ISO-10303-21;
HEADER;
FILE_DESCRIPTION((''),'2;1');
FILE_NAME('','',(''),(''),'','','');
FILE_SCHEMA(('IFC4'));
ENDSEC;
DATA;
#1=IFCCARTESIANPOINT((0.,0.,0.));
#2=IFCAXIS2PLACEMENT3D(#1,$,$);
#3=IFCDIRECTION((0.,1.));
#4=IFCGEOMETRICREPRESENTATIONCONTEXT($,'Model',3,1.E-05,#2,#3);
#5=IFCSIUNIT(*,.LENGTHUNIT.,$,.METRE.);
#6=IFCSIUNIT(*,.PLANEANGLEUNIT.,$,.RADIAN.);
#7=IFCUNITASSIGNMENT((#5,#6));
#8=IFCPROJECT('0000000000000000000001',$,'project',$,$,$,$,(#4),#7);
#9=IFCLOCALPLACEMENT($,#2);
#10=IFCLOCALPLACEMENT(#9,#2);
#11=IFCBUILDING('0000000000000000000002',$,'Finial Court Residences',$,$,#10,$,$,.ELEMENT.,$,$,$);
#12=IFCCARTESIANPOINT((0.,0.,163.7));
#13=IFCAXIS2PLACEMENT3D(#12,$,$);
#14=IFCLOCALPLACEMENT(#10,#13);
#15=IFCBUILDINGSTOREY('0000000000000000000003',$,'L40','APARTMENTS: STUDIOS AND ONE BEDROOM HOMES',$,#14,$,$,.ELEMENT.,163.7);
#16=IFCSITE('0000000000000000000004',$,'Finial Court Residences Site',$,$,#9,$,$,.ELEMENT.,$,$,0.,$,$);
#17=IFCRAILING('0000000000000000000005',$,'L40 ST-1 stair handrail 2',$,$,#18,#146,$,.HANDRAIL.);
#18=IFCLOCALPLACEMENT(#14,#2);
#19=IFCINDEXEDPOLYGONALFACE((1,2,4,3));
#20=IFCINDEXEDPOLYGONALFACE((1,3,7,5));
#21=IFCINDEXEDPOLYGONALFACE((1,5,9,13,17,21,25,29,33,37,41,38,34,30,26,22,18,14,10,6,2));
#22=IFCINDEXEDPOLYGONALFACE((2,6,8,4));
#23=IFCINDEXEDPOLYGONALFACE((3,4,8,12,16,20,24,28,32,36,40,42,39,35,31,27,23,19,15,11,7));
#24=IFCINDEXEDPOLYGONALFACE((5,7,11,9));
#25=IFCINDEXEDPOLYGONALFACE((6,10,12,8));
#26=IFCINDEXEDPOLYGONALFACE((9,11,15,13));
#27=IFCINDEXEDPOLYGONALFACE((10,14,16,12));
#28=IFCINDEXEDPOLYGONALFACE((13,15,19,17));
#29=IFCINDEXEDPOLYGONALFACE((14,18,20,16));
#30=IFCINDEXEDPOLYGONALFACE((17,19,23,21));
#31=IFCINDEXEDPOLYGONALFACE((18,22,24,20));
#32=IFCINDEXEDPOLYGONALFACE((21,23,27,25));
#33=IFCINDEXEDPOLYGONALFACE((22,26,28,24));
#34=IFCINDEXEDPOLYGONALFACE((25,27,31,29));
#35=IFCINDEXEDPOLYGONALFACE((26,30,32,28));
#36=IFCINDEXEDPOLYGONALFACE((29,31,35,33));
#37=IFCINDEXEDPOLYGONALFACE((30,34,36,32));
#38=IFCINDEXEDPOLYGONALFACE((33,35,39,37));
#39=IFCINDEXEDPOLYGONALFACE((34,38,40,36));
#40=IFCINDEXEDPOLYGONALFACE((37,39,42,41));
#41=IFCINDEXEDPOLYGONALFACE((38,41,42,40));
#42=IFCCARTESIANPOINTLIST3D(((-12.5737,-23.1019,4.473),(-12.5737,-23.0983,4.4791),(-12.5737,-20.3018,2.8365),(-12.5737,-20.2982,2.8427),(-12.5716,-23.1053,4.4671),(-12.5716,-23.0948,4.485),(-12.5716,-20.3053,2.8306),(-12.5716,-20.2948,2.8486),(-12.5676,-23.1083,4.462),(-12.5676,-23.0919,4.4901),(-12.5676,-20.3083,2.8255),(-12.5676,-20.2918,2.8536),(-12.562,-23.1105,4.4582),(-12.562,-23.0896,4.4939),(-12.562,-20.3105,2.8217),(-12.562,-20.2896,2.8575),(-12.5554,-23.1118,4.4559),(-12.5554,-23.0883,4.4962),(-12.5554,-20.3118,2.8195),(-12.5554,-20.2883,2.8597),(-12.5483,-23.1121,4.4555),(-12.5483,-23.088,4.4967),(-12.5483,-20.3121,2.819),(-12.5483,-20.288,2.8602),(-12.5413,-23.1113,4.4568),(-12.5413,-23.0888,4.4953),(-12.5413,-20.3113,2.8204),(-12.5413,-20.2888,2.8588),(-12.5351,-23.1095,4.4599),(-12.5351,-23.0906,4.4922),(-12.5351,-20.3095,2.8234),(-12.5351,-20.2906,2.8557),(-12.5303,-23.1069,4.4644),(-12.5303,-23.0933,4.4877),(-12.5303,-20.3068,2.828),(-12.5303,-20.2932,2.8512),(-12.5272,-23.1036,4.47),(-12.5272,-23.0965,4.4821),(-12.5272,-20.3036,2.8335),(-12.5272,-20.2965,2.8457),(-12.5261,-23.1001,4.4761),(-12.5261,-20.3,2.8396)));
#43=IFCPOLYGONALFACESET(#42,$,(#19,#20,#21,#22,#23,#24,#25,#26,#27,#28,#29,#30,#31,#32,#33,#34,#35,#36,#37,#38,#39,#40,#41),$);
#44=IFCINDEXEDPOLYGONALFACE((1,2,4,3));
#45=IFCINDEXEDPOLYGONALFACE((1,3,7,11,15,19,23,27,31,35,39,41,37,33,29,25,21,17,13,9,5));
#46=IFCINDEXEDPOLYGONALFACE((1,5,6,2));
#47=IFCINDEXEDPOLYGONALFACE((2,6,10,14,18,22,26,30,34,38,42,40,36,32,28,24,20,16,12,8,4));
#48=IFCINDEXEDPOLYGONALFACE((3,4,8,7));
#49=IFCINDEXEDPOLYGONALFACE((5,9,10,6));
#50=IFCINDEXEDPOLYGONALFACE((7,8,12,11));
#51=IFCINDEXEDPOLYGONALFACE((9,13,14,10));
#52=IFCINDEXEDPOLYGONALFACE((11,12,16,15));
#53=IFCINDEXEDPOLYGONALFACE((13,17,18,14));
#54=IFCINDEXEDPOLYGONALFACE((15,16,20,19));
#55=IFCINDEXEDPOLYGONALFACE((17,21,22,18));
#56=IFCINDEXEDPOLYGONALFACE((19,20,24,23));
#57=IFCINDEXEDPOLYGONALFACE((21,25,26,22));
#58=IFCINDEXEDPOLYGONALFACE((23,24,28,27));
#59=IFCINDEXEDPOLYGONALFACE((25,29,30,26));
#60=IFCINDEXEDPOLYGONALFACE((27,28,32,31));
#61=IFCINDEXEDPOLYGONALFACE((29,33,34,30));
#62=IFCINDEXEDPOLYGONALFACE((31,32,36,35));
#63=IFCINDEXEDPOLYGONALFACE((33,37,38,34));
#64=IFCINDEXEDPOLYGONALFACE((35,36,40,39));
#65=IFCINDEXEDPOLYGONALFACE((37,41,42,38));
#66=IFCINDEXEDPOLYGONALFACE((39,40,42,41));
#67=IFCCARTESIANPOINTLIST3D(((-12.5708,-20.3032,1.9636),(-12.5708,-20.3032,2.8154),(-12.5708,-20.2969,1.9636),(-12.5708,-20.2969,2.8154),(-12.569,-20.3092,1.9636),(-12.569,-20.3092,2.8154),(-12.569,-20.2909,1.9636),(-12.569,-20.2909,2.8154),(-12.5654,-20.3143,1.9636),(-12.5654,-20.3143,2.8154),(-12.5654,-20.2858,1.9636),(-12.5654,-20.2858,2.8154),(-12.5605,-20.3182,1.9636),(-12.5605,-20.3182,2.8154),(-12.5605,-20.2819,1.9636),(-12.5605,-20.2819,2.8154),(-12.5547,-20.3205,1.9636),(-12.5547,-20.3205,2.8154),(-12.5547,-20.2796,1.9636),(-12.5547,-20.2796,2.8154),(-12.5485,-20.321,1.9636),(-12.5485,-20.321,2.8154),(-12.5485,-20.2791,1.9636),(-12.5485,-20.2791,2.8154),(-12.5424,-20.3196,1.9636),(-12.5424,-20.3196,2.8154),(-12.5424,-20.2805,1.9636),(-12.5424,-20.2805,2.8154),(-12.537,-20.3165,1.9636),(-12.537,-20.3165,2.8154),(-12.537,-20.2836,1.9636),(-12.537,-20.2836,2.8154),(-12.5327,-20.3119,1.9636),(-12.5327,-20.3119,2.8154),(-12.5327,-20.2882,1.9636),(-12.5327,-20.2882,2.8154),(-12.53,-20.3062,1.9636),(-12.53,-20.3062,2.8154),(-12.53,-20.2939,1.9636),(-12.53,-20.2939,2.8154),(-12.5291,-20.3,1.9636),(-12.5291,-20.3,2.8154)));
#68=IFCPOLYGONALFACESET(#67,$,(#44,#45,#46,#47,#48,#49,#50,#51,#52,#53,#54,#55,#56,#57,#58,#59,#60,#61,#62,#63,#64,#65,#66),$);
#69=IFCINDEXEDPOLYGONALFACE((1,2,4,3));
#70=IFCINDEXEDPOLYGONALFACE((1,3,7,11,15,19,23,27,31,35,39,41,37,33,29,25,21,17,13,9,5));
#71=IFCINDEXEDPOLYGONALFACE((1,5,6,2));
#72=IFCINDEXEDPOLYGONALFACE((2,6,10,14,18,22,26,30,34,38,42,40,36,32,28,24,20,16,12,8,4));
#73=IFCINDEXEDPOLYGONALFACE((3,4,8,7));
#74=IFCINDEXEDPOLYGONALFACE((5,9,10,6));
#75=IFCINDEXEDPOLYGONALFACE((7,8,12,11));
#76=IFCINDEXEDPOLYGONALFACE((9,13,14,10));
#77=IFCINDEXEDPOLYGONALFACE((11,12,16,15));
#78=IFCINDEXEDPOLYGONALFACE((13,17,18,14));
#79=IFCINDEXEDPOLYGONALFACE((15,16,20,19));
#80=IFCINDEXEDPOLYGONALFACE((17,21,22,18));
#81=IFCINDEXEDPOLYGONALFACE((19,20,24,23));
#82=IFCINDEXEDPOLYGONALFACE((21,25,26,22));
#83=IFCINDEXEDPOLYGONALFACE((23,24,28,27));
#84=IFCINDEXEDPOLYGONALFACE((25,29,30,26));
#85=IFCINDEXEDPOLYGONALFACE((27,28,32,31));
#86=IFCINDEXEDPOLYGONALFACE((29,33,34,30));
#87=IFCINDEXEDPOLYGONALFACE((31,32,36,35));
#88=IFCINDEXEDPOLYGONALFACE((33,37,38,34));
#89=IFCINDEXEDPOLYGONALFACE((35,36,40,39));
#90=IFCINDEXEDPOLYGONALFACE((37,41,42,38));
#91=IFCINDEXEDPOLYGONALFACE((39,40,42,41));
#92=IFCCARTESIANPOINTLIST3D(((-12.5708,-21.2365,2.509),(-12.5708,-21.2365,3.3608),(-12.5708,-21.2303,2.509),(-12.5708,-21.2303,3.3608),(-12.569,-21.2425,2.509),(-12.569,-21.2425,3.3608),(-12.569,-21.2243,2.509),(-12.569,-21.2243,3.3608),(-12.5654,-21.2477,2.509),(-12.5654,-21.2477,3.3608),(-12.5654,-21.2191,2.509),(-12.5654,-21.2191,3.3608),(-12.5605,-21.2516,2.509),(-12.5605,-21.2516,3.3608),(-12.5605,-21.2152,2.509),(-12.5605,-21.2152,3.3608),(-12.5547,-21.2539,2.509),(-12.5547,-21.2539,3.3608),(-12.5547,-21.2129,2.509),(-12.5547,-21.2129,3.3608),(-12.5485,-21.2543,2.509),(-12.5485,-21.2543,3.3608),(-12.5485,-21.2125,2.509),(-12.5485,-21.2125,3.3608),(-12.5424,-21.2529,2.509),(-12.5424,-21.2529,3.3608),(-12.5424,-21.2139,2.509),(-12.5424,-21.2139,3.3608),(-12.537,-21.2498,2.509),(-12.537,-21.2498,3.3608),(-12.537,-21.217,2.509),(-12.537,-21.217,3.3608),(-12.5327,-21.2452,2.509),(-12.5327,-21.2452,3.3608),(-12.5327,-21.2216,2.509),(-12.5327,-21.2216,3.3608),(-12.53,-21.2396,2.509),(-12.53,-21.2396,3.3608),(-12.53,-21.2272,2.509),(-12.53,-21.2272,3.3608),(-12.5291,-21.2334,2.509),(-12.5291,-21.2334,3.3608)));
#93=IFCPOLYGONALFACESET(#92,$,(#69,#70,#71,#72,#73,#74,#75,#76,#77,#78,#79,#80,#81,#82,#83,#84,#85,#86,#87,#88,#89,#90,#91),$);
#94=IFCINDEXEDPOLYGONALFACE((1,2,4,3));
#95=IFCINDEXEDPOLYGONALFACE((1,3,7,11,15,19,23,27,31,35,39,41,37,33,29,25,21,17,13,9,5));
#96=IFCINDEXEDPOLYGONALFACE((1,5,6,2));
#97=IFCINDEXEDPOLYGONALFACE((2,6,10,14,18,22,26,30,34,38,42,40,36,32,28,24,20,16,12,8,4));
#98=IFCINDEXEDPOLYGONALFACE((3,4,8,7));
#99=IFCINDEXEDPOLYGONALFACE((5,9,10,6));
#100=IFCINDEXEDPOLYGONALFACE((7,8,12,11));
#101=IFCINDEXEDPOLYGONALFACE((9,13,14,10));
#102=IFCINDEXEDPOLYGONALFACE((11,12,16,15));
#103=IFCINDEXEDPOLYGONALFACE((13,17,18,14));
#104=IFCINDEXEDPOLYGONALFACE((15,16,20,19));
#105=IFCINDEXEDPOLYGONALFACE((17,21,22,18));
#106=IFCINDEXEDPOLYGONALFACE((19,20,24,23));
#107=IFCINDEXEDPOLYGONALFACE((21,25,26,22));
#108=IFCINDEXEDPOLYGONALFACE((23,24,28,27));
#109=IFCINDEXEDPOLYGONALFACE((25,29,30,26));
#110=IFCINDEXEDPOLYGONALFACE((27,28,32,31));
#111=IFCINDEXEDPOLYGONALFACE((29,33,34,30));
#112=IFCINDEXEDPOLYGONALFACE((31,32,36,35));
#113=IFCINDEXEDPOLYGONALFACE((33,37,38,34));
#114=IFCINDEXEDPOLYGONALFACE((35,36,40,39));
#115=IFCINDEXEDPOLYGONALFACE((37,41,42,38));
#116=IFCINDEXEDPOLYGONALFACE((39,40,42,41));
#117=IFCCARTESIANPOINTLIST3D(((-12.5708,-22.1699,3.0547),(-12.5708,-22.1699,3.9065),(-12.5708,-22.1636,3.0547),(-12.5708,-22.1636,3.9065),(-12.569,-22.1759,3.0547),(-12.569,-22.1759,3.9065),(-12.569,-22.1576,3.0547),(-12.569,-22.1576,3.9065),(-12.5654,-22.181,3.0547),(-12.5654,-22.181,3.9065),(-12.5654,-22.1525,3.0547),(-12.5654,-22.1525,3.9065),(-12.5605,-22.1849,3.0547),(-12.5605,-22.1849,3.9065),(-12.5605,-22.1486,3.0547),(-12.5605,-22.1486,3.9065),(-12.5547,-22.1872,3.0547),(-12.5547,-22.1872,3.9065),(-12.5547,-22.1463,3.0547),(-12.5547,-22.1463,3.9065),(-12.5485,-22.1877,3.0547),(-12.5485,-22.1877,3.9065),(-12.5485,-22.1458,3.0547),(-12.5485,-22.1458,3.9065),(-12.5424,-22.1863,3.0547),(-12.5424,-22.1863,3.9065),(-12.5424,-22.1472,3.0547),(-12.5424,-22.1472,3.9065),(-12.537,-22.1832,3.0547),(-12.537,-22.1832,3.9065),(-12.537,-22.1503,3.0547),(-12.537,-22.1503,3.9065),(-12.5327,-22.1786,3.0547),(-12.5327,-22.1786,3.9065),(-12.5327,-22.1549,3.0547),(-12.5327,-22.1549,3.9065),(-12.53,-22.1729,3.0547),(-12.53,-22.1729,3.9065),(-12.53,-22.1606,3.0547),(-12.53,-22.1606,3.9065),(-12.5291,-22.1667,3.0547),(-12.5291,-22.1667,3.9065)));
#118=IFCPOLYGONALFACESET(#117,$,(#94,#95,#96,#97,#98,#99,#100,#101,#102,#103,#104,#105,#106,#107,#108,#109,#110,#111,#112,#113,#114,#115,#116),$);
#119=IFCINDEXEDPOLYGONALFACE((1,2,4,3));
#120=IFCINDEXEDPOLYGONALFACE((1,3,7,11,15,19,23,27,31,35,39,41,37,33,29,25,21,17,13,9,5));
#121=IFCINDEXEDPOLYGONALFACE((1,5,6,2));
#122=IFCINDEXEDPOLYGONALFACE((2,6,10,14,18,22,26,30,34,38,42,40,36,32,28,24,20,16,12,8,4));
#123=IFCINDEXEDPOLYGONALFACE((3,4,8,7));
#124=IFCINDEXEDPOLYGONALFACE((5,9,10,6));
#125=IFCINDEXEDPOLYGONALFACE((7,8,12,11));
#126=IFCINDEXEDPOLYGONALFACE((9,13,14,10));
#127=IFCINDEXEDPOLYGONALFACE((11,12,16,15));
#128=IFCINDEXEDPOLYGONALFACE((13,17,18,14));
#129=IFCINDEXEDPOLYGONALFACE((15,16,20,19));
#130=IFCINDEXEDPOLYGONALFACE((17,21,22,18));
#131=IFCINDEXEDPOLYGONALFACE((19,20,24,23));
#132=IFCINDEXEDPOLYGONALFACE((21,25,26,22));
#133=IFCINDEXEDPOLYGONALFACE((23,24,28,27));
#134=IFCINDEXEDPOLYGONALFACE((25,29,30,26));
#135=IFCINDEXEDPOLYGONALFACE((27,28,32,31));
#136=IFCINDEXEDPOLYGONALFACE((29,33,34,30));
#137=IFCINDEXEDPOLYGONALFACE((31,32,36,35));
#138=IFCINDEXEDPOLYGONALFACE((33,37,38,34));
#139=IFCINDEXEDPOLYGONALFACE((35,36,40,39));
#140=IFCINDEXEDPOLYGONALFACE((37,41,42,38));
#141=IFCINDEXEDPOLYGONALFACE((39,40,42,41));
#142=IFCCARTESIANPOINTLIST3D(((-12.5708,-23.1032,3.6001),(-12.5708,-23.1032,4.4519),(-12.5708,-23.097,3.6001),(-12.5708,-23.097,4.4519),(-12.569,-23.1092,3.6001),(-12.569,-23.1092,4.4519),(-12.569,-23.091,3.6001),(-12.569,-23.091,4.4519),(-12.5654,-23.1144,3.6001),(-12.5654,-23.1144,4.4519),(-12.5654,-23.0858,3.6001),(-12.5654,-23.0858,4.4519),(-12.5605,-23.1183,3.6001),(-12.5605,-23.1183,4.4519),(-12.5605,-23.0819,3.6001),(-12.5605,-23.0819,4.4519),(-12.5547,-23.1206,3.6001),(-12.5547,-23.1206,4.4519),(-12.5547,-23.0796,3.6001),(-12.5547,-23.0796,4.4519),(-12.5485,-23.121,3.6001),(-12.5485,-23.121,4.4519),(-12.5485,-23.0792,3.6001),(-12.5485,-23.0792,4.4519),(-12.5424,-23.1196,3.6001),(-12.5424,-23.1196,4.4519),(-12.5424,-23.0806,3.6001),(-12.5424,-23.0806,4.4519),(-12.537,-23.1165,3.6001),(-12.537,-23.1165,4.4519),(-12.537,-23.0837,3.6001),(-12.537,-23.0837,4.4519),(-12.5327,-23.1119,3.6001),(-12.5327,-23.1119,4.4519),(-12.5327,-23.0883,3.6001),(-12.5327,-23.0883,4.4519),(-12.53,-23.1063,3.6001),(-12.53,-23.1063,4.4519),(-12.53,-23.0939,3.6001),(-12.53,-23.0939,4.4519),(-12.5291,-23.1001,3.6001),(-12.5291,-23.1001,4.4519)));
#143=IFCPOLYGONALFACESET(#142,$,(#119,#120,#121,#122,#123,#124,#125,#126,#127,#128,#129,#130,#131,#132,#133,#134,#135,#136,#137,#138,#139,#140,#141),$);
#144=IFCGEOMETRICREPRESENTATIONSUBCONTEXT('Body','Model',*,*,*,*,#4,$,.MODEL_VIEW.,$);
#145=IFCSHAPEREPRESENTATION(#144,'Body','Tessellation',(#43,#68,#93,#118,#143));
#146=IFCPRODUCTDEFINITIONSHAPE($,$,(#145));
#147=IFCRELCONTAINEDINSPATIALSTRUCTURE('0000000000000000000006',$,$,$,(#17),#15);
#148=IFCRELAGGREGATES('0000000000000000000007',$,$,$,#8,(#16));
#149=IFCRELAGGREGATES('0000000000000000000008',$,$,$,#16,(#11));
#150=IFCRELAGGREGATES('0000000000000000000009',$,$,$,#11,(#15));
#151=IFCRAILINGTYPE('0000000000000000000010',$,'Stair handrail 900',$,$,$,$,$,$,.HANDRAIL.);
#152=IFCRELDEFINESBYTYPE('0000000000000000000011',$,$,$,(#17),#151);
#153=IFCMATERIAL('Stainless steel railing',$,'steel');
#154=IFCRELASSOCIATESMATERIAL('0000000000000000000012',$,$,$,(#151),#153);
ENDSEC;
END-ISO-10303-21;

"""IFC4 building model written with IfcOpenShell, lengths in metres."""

from ifc_helpers import new_model, si_unit, direction, frame, origin, origin_2d, place, context, subcontext, project, spatial, circle, extrude, material, type_object, element, save


model = new_model("IFC4")

# Units and contexts
model_context = context("Model", 3, precision=1e-05, world=origin(), true_north=direction((0.0, 1.0)))
body_context = subcontext(model_context, "Body", "Model", "MODEL_VIEW")
ifc_project = project(units=[si_unit("LENGTHUNIT", "METRE"), si_unit("PLANEANGLEUNIT", "RADIAN")], contexts=[model_context])

# Site, building, storey
site_placement = place(None, origin())
site = spatial("IfcSite", under=ifc_project, at=site_placement, Name="Finial Court Residences Site", CompositionType="ELEMENT", RefElevation=0.0)
building_placement = place(site_placement, origin())
building = spatial("IfcBuilding", under=site, at=building_placement, Name="Finial Court Residences", CompositionType="ELEMENT")
storey_placement = place(building_placement, frame((0.0, 0.0, 163.7)))
storey = spatial("IfcBuildingStorey", under=building, at=storey_placement, Name="L40", Description="APARTMENTS: STUDIOS AND ONE BEDROOM HOMES", CompositionType="ELEMENT", Elevation=163.7)

# Railing
ifc_material_1 = material(Name="Stainless steel railing", Category="steel")
railing_type_1 = type_object("IfcRailingType", Name="Stair handrail 900", PredefinedType="HANDRAIL", material=ifc_material_1)
railing_1_placement = place(storey_placement, frame((-12.55, -20.3, 1.9636)))
element("IfcRailing", 1, at=railing_1_placement, inside=storey, type_object=railing_type_1, Name="L40 ST-1 stair handrail 2", PredefinedType="HANDRAIL", context=body_context, shape_type="SweptSolid", body=[
    extrude(circle(Radius=0.0239, at=origin_2d()), frame((0.0, 0.0, 0.876), z_axis=(0.0, -0.863361, 0.504587), x_axis=(1.0, 0.0, 0.0)), (0.0, 0.0, 1.0), 3.2432),
    extrude(circle(Radius=0.021, at=origin_2d()), origin(), (0.0, 0.0, 1.0), 0.8518),
    extrude(circle(Radius=0.021, at=origin_2d()), frame((0.0, -0.9333, 0.5454)), (0.0, 0.0, 1.0), 0.8518),
    extrude(circle(Radius=0.021, at=origin_2d()), frame((0.0, -1.8667, 1.0911)), (0.0, 0.0, 1.0), 0.8518),
    extrude(circle(Radius=0.021, at=origin_2d()), frame((0.0, -2.8, 1.6365)), (0.0, 0.0, 1.0), 0.8518),
])

save(model, "model.ifc")
